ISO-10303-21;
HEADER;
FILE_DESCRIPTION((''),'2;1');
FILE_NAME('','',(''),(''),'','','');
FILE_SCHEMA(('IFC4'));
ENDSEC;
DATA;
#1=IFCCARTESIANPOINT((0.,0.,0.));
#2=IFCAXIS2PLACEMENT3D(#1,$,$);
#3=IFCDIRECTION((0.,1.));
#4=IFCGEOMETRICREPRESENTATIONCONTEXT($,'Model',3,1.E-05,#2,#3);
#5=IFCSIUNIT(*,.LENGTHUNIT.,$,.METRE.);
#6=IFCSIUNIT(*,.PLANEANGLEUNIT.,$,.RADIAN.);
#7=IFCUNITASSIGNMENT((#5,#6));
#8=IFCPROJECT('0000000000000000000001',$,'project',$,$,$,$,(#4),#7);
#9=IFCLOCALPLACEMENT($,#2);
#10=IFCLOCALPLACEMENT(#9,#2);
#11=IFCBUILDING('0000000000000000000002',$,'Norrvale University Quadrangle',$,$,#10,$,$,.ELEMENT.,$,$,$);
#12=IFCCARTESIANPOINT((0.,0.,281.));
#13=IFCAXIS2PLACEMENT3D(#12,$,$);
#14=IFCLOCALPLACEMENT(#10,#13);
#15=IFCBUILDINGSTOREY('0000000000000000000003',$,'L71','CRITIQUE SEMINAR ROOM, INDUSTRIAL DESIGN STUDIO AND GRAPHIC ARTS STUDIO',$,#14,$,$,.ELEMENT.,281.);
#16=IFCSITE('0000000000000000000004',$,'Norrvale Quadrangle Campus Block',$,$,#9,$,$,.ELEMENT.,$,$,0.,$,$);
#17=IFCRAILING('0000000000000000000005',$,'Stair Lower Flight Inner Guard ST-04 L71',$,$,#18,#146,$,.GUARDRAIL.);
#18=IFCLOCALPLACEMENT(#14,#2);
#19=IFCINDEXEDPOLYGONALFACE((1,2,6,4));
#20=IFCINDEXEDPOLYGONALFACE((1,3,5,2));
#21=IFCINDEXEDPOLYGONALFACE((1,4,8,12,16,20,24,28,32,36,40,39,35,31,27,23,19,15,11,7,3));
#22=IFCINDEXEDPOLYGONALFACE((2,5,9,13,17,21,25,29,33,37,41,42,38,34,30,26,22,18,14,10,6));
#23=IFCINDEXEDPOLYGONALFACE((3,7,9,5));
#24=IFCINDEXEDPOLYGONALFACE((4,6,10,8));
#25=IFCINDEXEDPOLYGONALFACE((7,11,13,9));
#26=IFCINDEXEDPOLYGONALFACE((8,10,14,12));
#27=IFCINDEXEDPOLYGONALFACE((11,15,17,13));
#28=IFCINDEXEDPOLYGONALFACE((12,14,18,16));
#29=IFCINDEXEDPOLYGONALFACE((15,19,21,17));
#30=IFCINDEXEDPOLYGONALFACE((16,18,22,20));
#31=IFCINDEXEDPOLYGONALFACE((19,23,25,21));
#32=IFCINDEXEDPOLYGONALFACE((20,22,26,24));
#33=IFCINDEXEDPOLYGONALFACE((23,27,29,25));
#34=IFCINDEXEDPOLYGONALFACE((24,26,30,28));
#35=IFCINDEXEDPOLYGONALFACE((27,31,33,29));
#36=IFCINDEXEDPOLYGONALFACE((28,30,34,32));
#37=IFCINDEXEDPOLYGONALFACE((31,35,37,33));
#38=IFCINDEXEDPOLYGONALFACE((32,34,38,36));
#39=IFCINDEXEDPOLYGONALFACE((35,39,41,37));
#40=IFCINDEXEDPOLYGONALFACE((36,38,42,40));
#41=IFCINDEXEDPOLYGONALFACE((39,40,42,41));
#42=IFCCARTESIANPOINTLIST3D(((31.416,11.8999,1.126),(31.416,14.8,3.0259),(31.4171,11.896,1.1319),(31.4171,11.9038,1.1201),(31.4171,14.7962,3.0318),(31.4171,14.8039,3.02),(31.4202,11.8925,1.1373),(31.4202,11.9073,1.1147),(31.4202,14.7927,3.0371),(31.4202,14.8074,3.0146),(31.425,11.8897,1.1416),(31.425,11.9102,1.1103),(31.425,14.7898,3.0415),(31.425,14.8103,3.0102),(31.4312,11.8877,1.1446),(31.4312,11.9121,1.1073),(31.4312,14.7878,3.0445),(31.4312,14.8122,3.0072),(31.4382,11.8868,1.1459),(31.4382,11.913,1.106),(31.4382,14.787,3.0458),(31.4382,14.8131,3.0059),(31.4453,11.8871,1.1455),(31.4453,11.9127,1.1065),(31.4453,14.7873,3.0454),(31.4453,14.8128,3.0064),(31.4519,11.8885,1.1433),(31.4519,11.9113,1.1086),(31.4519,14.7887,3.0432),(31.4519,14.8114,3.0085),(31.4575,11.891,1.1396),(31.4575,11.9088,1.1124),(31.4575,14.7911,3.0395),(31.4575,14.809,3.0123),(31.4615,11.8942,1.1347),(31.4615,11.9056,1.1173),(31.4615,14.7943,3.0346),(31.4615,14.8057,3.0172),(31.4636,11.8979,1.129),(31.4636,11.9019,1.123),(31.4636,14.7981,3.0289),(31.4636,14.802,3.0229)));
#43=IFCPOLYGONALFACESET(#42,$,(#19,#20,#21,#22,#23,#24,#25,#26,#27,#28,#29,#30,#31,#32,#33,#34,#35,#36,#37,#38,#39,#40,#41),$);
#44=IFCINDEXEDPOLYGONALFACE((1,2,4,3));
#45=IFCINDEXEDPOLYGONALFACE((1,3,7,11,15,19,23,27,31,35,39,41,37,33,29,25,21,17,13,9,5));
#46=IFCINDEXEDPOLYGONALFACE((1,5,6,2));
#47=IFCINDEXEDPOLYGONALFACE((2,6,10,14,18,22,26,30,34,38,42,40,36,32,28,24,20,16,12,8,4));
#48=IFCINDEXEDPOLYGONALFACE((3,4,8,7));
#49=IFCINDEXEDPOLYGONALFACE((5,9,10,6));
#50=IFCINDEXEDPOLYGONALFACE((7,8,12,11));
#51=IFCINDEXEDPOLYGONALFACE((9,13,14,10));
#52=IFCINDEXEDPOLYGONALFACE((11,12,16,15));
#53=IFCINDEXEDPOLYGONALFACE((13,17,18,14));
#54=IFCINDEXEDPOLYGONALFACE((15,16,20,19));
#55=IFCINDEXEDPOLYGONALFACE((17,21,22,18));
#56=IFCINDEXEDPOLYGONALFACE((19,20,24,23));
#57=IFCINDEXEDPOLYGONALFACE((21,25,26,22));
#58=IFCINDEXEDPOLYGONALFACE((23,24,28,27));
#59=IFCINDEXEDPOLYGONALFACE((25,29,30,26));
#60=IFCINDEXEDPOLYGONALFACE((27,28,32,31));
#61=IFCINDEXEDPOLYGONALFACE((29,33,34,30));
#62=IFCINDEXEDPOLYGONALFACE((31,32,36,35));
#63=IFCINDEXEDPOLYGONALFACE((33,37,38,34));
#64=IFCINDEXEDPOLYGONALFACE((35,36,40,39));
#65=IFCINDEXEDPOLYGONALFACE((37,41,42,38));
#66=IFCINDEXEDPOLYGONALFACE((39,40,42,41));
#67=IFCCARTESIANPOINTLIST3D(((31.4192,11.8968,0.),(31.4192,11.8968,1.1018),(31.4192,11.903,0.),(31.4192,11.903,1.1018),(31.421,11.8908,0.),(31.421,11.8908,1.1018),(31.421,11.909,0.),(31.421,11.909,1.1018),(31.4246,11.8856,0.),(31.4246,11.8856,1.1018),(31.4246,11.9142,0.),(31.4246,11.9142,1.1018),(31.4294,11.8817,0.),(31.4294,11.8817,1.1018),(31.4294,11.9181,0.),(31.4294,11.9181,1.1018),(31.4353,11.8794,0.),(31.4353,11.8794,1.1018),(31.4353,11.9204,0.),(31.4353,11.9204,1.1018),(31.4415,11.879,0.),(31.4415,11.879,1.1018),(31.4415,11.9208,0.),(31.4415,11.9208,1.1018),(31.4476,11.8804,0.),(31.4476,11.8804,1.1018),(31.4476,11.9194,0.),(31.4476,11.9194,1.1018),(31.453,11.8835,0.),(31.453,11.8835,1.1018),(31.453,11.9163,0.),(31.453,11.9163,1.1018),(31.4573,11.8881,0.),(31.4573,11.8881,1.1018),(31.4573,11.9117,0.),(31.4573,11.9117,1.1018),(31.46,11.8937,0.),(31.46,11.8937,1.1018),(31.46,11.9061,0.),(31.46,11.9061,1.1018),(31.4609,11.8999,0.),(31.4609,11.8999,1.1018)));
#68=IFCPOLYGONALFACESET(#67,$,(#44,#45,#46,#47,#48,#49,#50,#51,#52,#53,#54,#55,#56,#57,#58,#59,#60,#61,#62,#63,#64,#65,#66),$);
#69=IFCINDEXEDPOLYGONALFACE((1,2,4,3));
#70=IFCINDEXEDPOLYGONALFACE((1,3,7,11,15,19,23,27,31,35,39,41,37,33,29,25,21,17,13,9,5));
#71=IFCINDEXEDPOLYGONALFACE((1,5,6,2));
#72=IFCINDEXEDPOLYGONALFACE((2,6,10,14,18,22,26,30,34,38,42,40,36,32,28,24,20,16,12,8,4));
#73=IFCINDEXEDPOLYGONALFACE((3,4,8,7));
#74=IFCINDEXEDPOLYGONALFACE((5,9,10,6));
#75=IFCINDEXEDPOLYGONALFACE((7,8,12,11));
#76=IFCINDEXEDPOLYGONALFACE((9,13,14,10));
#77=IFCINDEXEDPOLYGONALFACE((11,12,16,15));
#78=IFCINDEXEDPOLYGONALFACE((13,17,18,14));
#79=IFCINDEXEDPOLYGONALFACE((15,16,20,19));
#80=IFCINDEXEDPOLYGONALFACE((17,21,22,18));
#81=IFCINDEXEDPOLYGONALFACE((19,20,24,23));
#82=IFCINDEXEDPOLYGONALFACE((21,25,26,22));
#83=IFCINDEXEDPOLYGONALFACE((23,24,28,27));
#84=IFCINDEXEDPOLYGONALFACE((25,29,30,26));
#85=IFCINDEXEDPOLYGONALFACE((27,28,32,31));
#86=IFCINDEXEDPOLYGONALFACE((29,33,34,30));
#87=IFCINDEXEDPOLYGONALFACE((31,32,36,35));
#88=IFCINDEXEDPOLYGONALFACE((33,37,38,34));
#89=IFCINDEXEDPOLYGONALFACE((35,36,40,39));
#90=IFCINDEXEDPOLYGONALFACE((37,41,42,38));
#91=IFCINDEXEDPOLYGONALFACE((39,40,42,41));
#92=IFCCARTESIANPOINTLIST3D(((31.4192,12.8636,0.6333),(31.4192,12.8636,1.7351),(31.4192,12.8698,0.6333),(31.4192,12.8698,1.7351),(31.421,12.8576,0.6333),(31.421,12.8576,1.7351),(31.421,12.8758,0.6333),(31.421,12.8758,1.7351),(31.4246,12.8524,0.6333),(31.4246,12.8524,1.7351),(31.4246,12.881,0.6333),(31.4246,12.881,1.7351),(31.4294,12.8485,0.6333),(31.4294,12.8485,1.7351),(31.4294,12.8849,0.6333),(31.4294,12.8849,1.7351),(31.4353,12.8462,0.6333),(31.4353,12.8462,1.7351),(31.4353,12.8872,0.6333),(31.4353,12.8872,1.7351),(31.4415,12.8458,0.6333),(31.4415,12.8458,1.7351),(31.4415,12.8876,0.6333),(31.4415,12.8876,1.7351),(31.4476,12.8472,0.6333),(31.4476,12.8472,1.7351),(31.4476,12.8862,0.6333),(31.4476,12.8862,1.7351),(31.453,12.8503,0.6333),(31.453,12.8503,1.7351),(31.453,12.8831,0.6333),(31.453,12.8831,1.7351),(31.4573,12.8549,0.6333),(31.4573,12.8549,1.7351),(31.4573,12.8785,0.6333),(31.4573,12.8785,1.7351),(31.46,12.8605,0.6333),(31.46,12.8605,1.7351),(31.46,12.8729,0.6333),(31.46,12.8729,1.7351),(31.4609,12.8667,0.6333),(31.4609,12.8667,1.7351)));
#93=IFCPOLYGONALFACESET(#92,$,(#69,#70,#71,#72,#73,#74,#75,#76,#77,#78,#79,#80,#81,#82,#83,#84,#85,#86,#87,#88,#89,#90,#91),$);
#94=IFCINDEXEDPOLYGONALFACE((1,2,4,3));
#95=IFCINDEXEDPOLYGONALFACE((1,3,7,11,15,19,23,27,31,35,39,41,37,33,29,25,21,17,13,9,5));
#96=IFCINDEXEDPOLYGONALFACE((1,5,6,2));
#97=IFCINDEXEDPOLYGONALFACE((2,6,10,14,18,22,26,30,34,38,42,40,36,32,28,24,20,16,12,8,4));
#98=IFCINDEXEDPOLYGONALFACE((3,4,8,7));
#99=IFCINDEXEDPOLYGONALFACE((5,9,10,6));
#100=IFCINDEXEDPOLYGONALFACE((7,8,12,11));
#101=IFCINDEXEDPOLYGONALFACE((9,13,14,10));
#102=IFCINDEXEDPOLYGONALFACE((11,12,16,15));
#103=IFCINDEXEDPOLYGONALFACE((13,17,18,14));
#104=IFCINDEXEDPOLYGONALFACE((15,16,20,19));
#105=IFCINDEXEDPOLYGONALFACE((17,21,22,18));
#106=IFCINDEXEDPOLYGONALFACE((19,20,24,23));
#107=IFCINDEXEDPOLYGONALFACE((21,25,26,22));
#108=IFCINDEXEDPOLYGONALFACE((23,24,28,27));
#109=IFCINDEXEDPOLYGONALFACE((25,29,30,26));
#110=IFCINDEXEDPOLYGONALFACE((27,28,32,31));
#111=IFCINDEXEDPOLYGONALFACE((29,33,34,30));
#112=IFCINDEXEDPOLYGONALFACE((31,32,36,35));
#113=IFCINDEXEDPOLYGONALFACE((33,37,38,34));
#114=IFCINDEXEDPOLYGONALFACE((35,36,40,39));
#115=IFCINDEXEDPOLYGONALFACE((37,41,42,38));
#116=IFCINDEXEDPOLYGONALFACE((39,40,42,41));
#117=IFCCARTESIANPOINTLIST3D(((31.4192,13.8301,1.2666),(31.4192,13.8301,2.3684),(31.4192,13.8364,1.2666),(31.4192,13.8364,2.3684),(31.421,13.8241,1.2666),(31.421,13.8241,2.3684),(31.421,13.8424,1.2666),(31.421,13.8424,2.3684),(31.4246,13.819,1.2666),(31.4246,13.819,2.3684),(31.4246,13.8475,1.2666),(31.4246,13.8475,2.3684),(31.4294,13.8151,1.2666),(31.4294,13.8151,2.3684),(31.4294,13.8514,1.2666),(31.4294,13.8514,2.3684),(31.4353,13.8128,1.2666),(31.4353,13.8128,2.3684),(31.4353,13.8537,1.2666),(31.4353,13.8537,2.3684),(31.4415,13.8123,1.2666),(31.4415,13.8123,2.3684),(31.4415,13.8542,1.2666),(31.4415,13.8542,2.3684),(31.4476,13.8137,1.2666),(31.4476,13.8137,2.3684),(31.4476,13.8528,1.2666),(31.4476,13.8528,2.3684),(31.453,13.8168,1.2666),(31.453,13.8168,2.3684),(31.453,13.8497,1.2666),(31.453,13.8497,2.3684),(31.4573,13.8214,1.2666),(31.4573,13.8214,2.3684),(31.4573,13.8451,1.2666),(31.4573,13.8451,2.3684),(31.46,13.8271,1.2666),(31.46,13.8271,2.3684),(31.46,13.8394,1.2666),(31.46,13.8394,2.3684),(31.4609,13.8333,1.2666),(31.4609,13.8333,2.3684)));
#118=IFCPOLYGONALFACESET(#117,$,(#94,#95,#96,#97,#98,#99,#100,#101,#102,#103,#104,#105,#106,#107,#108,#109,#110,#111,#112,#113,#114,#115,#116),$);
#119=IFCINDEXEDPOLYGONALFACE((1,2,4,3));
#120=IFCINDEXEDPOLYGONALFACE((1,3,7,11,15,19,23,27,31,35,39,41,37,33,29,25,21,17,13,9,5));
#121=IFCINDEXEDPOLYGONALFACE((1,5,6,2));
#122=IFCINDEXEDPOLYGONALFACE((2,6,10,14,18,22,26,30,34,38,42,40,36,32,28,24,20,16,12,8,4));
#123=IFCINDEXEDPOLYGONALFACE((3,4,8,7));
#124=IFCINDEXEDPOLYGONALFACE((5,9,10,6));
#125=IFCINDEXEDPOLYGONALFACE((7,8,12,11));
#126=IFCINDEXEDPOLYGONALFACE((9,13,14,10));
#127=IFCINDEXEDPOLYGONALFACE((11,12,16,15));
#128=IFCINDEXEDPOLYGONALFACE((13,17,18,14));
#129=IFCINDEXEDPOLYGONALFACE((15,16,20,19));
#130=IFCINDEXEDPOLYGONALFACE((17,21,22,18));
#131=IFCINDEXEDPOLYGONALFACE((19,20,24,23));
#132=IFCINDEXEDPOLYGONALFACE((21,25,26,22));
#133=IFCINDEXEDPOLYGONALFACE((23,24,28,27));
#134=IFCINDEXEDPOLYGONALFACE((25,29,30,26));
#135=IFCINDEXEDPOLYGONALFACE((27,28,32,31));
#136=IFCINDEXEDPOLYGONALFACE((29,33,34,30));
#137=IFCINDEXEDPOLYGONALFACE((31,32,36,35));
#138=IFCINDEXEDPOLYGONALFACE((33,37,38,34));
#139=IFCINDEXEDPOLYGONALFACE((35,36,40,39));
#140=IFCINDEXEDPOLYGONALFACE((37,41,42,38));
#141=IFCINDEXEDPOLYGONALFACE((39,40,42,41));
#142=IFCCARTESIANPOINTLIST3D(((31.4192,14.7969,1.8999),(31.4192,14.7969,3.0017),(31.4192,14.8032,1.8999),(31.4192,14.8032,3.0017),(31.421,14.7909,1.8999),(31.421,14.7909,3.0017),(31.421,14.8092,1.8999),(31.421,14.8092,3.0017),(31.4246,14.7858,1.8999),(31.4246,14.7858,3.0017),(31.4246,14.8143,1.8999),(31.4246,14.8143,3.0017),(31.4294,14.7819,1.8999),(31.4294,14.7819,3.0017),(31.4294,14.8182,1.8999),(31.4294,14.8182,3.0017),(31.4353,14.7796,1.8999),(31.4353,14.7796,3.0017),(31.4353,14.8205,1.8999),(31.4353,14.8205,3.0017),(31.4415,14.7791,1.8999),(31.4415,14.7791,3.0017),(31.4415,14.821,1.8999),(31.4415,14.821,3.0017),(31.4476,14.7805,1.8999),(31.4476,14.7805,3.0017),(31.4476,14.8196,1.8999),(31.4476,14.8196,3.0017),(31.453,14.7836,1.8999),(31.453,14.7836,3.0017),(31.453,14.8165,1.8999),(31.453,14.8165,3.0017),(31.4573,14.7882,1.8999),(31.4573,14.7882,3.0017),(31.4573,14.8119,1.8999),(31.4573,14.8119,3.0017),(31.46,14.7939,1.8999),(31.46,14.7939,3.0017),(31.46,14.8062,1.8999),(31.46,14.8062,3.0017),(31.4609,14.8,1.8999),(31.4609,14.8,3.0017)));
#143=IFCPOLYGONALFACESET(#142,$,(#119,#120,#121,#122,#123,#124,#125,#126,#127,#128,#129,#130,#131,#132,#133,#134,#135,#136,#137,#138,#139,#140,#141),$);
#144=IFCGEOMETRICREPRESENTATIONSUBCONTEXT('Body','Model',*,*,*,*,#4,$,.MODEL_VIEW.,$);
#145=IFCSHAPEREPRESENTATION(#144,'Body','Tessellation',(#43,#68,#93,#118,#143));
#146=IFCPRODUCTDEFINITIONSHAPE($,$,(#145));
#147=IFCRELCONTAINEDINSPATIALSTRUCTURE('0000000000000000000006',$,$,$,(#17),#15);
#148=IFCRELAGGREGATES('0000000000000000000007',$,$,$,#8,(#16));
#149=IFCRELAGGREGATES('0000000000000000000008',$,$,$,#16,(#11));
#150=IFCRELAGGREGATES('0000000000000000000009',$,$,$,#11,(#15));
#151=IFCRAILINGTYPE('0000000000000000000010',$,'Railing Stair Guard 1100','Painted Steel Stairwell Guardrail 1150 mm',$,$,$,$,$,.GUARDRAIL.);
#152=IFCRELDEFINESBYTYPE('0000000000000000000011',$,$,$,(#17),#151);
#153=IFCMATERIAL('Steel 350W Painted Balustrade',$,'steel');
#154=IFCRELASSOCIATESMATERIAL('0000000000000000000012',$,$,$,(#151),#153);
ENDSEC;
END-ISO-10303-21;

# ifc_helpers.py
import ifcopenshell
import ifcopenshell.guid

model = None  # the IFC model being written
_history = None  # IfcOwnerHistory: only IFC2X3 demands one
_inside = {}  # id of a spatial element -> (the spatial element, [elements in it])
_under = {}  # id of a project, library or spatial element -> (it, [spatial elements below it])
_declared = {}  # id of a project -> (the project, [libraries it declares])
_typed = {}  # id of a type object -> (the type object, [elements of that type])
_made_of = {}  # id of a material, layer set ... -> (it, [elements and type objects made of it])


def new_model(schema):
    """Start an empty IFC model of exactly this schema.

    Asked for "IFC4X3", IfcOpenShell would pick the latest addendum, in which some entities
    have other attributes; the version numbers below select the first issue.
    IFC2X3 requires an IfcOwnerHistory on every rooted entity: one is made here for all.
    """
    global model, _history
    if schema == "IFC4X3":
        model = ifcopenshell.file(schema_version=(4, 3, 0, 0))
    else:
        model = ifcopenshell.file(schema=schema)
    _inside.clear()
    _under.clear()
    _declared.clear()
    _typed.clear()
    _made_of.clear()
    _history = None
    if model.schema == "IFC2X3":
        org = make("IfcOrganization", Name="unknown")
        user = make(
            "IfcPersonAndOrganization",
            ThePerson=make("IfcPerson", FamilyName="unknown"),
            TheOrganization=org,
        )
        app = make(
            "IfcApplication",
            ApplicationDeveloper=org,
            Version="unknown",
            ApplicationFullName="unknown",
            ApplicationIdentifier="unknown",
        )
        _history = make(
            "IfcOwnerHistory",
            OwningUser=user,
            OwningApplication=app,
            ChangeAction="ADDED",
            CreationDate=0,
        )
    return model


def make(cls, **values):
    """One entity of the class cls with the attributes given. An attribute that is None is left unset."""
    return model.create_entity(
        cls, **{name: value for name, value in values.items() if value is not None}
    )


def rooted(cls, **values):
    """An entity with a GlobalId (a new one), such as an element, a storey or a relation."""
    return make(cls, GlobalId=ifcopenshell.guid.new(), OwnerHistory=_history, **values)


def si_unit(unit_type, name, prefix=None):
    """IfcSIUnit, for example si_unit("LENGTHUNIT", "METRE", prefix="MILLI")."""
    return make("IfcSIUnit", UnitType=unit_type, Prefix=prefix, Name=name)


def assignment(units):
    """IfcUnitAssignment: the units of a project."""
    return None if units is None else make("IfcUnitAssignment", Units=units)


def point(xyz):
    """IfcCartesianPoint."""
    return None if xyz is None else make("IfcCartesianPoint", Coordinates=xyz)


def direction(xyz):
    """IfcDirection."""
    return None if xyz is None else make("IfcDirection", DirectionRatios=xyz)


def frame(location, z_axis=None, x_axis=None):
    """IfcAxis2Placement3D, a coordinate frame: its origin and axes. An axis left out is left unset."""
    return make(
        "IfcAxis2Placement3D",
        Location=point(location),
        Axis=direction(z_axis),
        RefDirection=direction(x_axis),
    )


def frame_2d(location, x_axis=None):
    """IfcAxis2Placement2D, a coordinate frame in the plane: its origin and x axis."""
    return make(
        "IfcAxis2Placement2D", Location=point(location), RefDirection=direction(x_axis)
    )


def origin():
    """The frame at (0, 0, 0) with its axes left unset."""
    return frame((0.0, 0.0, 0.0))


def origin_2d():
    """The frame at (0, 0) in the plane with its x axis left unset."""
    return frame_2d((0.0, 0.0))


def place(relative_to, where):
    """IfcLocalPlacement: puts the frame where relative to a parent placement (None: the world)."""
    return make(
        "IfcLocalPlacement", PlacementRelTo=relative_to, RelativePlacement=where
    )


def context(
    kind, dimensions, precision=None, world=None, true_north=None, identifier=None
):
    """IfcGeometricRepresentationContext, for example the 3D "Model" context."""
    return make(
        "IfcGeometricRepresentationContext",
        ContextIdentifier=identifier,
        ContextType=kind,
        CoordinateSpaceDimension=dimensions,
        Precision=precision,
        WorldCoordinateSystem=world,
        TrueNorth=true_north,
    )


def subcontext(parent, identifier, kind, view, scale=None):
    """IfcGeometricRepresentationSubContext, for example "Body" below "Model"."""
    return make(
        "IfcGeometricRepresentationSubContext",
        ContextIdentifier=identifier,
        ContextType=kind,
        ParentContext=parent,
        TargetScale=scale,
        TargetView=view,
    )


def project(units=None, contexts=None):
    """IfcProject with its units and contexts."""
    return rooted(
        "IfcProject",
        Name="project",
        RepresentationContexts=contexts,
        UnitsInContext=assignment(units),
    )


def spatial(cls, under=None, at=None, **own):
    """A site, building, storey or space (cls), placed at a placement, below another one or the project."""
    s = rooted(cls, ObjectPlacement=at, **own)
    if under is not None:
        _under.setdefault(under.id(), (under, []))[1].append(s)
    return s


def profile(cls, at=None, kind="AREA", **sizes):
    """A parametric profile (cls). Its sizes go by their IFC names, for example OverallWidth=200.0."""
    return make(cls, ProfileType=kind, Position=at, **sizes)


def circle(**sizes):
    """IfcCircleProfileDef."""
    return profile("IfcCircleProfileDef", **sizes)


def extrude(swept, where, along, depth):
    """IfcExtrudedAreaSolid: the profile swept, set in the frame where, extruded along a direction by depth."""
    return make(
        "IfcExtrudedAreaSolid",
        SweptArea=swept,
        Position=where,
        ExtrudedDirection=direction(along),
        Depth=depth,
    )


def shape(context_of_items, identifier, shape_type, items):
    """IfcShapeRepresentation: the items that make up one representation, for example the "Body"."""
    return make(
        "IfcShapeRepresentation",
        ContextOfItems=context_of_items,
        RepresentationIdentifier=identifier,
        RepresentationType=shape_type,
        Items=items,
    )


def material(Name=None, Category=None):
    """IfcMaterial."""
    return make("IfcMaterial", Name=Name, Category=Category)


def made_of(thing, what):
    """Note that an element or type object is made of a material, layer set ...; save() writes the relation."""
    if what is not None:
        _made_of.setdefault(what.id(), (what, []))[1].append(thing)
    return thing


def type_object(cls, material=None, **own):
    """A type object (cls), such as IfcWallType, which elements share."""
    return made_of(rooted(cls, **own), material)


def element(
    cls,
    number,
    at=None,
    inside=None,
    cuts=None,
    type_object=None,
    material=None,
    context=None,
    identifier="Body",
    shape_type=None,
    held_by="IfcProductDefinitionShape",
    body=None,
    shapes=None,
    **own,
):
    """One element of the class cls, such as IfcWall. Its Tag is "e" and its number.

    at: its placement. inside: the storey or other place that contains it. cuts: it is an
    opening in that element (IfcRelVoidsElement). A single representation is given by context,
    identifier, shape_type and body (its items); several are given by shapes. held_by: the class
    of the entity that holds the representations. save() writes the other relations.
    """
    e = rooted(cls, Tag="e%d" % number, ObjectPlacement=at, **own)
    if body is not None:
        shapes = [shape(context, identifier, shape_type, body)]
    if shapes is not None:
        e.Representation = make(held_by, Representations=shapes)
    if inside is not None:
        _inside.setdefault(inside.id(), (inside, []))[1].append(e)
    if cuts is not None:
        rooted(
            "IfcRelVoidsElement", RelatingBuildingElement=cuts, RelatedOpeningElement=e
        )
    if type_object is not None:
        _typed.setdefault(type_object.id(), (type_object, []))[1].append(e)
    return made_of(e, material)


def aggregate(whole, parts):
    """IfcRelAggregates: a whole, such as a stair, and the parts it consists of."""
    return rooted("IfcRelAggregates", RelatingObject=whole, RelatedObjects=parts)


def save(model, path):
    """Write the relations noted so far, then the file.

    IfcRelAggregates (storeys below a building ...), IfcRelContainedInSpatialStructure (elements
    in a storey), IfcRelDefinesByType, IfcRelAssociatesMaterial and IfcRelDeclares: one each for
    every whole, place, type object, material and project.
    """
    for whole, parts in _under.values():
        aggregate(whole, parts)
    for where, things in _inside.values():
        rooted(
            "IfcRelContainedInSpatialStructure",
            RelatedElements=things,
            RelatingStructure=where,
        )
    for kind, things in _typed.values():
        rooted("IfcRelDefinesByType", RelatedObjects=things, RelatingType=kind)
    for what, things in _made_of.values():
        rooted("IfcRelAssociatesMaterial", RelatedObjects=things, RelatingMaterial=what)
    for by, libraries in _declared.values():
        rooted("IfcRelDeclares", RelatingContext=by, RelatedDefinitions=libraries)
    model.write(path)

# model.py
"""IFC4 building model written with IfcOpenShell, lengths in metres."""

from ifc_helpers import new_model, si_unit, direction, frame, origin, origin_2d, place, context, subcontext, project, spatial, circle, extrude, material, type_object, element, save


model = new_model("IFC4")

# Units and contexts
model_context = context("Model", 3, precision=1e-05, world=origin(), true_north=direction((0.0, 1.0)))
body_context = subcontext(model_context, "Body", "Model", "MODEL_VIEW")
ifc_project = project(units=[si_unit("LENGTHUNIT", "METRE"), si_unit("PLANEANGLEUNIT", "RADIAN")], contexts=[model_context])

# Site, building, storey
site_placement = place(None, origin())
site = spatial("IfcSite", under=ifc_project, at=site_placement, Name="Norrvale Quadrangle Campus Block", CompositionType="ELEMENT", RefElevation=0.0)
building_placement = place(site_placement, origin())
building = spatial("IfcBuilding", under=site, at=building_placement, Name="Norrvale University Quadrangle", CompositionType="ELEMENT")
storey_placement = place(building_placement, frame((0.0, 0.0, 281.0)))
storey = spatial("IfcBuildingStorey", under=building, at=storey_placement, Name="L71", Description="CRITIQUE SEMINAR ROOM, INDUSTRIAL DESIGN STUDIO AND GRAPHIC ARTS STUDIO", CompositionType="ELEMENT", Elevation=281.0)

# Railing
ifc_material_1 = material(Name="Steel 350W Painted Balustrade", Category="steel")
railing_type_1 = type_object("IfcRailingType", Name="Railing Stair Guard 1100", Description="Painted Steel Stairwell Guardrail 1150 mm", PredefinedType="GUARDRAIL", material=ifc_material_1)
railing_1_placement = place(storey_placement, frame((31.4399, 11.8999, 0.0)))
element("IfcRailing", 1, at=railing_1_placement, inside=storey, type_object=railing_type_1, Name="Stair Lower Flight Inner Guard ST-04 L71", PredefinedType="GUARDRAIL", context=body_context, shape_type="SweptSolid", body=[
    extrude(circle(Radius=0.0239, at=origin_2d()), frame((0.0, 0.0, 1.126), z_axis=(0.0, 0.836487, 0.547987), x_axis=(-1.0, 0.0, 0.0)), (0.0, 0.0, 1.0), 3.467),
    extrude(circle(Radius=0.021, at=origin_2d()), origin(), (0.0, 0.0, 1.0), 1.1018),
    extrude(circle(Radius=0.021, at=origin_2d()), frame((0.0, 0.9668, 0.6333)), (0.0, 0.0, 1.0), 1.1018),
    extrude(circle(Radius=0.021, at=origin_2d()), frame((0.0, 1.9333, 1.2666)), (0.0, 0.0, 1.0), 1.1018),
    extrude(circle(Radius=0.021, at=origin_2d()), frame((0.0, 2.9001, 1.8999)), (0.0, 0.0, 1.0), 1.1018),
])

save(model, "model.ifc")
